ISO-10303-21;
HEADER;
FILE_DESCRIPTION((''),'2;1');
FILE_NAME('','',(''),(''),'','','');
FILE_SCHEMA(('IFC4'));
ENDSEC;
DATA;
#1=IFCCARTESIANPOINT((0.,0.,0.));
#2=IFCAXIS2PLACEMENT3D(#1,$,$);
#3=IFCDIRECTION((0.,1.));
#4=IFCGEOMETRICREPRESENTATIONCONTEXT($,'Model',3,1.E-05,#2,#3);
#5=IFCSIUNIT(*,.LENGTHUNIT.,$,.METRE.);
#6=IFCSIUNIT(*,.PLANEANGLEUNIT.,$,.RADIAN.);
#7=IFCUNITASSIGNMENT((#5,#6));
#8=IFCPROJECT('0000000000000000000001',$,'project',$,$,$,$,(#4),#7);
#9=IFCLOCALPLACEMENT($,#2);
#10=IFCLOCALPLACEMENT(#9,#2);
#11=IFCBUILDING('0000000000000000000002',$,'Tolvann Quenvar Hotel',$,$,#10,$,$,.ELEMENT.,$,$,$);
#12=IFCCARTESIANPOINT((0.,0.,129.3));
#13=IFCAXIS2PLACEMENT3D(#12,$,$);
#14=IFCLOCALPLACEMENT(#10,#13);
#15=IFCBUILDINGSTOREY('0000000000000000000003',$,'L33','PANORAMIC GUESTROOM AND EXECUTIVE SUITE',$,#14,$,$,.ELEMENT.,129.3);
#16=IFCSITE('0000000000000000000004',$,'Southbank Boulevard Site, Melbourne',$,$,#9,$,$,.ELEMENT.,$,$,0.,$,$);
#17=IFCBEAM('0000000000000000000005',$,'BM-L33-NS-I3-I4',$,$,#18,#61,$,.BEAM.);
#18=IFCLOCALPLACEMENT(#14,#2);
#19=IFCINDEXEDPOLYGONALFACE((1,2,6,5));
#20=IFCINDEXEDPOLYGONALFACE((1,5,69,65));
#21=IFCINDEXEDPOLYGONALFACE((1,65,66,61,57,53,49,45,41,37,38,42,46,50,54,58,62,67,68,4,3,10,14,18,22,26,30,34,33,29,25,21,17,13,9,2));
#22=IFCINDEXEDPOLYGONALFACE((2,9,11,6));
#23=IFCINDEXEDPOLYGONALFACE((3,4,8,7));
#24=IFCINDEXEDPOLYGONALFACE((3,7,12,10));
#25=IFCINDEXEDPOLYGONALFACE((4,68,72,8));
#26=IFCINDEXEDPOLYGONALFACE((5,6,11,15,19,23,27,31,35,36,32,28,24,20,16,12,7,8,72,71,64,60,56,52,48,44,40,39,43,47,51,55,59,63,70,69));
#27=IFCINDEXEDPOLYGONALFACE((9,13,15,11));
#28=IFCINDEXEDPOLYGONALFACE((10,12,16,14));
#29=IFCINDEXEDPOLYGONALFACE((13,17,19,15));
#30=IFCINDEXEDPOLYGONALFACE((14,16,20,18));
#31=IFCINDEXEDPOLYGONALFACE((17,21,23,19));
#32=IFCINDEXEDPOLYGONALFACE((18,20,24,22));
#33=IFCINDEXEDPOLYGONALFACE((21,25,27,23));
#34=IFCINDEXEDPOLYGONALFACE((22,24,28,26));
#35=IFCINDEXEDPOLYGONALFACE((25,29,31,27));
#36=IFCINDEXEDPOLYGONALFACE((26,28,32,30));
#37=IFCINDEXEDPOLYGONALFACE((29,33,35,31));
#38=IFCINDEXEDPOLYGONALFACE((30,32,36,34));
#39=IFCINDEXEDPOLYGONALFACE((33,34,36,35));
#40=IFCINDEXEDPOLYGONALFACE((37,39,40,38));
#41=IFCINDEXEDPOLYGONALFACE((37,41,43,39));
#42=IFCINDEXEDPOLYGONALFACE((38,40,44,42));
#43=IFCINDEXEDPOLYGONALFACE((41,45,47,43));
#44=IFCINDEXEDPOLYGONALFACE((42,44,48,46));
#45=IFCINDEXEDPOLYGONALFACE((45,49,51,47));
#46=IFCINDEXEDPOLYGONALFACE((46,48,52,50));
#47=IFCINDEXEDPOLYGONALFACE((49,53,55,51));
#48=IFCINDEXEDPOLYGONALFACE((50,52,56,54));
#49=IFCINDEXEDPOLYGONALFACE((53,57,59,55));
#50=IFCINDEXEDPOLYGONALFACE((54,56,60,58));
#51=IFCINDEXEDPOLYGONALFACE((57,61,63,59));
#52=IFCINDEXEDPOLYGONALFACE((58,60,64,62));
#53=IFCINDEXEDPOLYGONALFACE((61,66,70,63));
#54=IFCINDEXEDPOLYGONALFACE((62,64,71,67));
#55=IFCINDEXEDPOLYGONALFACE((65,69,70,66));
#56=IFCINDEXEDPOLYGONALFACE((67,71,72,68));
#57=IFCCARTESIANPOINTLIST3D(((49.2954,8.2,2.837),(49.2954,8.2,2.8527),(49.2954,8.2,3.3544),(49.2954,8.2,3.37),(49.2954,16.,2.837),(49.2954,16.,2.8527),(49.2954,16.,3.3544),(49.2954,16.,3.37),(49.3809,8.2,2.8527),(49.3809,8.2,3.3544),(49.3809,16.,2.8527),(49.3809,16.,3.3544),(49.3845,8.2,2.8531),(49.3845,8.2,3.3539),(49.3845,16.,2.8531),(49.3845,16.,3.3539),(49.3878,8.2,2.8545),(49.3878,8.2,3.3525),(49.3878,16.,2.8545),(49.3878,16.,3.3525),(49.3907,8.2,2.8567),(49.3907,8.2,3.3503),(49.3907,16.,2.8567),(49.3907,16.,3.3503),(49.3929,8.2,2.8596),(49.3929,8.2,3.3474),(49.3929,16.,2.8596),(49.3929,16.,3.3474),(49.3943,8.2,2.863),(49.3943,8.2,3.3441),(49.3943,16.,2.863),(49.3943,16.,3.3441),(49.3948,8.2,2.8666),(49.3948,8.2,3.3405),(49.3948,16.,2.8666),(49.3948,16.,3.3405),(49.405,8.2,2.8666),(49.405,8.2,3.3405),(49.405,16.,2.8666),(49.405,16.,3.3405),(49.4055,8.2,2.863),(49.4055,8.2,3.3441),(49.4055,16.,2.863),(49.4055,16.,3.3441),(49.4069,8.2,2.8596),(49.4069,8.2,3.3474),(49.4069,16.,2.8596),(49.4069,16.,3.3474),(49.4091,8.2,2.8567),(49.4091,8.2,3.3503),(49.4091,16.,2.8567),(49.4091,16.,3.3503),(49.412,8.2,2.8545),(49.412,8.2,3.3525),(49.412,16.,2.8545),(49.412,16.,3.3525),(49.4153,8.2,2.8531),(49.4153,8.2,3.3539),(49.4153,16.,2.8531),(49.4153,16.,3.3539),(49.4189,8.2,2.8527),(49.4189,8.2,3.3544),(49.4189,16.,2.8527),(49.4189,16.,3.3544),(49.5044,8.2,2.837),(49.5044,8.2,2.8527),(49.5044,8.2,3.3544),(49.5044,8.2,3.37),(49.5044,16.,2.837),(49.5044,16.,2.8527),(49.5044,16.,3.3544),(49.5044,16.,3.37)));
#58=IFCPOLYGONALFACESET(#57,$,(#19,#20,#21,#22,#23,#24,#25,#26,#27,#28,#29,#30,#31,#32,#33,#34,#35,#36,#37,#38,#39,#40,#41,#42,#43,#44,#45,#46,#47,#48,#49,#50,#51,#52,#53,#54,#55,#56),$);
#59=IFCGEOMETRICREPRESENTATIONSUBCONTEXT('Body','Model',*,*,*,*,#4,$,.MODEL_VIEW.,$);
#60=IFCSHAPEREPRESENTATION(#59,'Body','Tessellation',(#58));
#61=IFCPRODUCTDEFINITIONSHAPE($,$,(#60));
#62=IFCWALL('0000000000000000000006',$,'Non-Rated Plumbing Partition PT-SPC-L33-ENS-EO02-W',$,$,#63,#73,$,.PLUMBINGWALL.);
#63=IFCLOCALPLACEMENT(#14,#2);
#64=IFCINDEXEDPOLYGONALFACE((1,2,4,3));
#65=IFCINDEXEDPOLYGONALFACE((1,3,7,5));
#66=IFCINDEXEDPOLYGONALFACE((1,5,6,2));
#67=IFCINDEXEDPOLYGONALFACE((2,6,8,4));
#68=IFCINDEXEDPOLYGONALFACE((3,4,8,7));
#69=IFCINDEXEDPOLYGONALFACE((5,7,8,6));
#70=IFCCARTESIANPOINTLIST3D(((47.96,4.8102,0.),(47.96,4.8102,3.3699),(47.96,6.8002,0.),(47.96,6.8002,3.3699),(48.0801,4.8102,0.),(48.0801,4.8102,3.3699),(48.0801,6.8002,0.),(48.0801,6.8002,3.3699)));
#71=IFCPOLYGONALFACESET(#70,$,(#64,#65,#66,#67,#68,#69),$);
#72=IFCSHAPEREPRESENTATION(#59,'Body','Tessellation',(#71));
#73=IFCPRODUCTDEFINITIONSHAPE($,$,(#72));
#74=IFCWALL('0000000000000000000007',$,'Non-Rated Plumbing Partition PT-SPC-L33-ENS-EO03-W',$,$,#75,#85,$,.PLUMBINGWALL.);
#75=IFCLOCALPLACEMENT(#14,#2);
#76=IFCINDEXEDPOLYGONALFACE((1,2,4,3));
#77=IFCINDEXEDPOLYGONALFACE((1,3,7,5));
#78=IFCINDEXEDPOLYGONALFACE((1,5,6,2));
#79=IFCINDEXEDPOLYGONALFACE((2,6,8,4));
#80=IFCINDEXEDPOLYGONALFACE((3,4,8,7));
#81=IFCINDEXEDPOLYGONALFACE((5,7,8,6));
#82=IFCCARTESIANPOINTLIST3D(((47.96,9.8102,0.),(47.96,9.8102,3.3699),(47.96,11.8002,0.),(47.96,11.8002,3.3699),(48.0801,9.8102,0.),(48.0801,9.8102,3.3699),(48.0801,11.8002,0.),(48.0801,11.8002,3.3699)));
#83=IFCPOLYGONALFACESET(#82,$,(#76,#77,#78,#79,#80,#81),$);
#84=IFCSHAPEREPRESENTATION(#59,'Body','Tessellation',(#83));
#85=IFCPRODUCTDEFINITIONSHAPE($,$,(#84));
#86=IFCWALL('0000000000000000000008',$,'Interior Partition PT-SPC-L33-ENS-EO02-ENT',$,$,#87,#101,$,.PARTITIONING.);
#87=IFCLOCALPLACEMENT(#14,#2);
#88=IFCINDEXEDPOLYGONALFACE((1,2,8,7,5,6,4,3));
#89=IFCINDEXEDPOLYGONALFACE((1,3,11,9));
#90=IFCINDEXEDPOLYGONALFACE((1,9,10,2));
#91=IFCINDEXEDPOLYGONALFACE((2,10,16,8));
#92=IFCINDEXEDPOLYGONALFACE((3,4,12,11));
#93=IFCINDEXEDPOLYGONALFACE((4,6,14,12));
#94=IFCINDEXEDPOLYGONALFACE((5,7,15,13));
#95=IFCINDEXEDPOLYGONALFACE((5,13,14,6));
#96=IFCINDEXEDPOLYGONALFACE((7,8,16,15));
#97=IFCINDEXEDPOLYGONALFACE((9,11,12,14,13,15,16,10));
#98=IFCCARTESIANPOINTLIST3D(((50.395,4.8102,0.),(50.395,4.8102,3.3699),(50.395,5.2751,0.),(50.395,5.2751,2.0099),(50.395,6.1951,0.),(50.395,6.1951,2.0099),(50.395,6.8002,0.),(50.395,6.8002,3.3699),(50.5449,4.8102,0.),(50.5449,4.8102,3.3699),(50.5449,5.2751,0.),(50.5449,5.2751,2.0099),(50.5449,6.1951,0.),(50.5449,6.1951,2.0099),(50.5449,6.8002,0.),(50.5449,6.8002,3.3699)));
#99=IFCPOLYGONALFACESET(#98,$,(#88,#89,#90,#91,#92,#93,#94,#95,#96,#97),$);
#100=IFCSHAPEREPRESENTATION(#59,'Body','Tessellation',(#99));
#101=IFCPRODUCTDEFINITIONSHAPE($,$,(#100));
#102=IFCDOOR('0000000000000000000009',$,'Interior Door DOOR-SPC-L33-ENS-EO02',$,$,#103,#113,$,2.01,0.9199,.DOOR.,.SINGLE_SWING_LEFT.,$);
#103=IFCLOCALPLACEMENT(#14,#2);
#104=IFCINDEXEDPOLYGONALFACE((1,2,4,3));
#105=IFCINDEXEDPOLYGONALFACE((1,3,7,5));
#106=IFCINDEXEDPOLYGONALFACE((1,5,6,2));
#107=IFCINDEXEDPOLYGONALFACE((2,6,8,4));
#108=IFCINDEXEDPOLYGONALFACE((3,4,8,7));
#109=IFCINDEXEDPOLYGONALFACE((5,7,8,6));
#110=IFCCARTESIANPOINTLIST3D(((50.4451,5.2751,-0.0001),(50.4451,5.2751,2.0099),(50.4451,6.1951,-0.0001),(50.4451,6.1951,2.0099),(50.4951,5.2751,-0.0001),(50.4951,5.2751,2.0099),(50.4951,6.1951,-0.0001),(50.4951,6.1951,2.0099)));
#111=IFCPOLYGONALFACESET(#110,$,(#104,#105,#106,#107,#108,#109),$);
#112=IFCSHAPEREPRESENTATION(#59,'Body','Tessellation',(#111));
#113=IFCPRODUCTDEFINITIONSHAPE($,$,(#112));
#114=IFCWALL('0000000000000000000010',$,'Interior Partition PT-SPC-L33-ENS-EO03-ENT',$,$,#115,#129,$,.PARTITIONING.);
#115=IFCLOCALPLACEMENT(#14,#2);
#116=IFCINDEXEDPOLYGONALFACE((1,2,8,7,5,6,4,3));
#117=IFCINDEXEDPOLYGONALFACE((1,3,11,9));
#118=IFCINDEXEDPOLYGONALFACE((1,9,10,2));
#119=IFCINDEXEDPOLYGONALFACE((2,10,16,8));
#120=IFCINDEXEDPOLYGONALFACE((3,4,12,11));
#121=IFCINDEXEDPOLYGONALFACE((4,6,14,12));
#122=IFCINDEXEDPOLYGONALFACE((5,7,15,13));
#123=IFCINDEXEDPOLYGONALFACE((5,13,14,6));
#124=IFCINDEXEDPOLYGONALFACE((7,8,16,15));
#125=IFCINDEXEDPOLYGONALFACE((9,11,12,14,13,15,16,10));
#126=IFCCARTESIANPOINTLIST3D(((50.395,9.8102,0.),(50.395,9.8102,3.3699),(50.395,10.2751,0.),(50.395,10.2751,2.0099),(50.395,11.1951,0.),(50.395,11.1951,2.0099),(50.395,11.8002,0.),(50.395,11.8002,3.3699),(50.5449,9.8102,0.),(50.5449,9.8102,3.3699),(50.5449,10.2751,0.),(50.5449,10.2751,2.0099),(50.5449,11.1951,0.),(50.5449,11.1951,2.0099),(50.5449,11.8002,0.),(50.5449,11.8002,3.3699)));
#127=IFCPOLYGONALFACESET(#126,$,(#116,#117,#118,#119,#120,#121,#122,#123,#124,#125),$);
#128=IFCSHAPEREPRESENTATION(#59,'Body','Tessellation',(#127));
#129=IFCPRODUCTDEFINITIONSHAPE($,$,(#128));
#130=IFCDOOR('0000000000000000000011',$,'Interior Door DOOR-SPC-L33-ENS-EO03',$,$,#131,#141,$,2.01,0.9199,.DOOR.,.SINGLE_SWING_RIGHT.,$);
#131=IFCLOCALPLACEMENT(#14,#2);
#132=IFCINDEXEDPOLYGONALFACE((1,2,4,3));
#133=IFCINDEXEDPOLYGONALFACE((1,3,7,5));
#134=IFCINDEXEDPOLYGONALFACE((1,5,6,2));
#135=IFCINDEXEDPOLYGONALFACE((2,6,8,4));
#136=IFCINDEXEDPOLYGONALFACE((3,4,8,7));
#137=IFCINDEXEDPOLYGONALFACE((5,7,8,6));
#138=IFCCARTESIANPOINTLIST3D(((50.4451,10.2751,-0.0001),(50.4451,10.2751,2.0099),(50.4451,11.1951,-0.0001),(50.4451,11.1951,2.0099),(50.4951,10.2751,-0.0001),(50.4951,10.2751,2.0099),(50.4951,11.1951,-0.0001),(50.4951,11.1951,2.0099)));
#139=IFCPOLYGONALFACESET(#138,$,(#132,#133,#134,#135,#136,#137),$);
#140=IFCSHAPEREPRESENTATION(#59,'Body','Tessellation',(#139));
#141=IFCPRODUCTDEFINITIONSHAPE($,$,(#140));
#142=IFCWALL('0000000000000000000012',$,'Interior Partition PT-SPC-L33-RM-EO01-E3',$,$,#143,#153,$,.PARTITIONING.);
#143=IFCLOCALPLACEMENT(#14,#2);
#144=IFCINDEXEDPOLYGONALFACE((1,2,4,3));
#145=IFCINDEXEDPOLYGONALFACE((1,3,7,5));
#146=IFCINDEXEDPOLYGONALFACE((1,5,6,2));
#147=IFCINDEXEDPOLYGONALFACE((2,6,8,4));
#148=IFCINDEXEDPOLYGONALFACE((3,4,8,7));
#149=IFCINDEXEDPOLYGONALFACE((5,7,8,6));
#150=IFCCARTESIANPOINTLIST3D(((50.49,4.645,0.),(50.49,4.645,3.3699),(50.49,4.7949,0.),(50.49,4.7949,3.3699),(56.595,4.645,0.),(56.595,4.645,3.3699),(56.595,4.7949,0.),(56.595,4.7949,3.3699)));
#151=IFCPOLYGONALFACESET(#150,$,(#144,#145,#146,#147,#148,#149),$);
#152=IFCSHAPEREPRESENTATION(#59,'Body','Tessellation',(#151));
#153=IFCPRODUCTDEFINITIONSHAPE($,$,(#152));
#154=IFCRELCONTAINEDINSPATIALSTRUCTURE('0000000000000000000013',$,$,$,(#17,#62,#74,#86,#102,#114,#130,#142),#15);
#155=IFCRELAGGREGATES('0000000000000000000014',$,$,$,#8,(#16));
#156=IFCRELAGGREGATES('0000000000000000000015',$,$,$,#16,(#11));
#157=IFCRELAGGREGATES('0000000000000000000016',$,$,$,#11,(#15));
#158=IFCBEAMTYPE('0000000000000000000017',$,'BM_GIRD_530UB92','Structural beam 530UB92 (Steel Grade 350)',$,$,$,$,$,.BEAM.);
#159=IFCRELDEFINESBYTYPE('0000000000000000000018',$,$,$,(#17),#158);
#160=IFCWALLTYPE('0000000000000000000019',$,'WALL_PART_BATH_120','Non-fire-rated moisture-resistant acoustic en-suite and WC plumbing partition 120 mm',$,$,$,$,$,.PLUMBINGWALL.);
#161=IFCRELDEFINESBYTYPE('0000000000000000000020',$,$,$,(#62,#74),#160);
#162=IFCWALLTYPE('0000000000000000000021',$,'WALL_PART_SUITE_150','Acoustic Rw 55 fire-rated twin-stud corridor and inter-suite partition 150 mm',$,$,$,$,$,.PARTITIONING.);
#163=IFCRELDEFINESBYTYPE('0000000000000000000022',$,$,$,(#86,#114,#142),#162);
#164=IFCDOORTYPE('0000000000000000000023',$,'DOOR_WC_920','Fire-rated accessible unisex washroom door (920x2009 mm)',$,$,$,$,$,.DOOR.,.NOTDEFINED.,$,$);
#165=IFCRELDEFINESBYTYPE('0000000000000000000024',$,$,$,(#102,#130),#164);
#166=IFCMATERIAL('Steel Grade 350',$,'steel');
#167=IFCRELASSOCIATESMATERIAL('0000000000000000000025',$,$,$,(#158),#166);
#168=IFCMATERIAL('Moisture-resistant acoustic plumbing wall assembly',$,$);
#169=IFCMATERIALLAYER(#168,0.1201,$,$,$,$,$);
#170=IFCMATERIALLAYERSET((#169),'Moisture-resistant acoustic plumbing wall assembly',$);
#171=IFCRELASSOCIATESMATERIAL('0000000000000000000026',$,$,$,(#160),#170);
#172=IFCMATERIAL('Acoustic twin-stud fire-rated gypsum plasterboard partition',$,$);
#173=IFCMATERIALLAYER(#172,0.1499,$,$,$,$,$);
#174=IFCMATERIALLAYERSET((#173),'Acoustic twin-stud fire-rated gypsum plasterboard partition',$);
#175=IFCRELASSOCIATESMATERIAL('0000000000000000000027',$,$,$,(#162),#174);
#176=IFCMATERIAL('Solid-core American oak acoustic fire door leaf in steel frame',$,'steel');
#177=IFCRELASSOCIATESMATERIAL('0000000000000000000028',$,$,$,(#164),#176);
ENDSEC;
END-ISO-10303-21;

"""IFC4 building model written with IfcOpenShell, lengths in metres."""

from ifc_helpers import new_model, si_unit, direction, frame, frame_2d, origin, origin_2d, place, context, subcontext, project, spatial, rectangle, i_section, extrude, source, transform, mapped, material, layer, layer_set, material_profile, profile_set, type_object, type_shapes, element, fill, save


model = new_model("IFC4")

# Units and contexts
model_context = context("Model", 3, precision=1e-05, world=origin(), true_north=direction((0.0, 1.0)))
body_context = subcontext(model_context, "Body", "Model", "MODEL_VIEW")
ifc_project = project(units=[si_unit("LENGTHUNIT", "METRE"), si_unit("PLANEANGLEUNIT", "RADIAN")], contexts=[model_context])

# Site, building, storey
site_placement = place(None, origin())
site = spatial("IfcSite", under=ifc_project, at=site_placement, Name="Southbank Boulevard Site, Melbourne", CompositionType="ELEMENT", RefElevation=0.0)
building_placement = place(site_placement, origin())
building = spatial("IfcBuilding", under=site, at=building_placement, Name="Tolvann Quenvar Hotel", CompositionType="ELEMENT")
storey_placement = place(building_placement, frame((0.0, 0.0, 129.3)))
storey = spatial("IfcBuildingStorey", under=building, at=storey_placement, Name="L33", Description="PANORAMIC GUESTROOM AND EXECUTIVE SUITE", CompositionType="ELEMENT", Elevation=129.3)

# Shared definitions
ifc_material_1 = material(Name="Steel Grade 350", Category="steel")

# Beam
ifc_material_profile_1 = material_profile(ifc_material_1, i_section(OverallWidth=0.209, OverallDepth=0.533, WebThickness=0.0103, FlangeThickness=0.0156, FilletRadius=0.0139, at=origin_2d()), Name="530UB92")
ifc_profile_set_1 = profile_set([ifc_material_profile_1], Name="Steel Grade 350")
beam_type_1 = type_object("IfcBeamType", Name="BM_GIRD_530UB92", Description="Structural beam 530UB92 (Steel Grade 350)", PredefinedType="BEAM", material=ifc_profile_set_1)
shared_shape_1 = source(origin(), body_context, "Body", "SweptSolid", [
    extrude(i_section(OverallWidth=0.209, OverallDepth=0.533, WebThickness=0.0103, FlangeThickness=0.0156, FilletRadius=0.0139, at=origin_2d()), origin(), (0.0, 0.0, 1.0), 7.8),
])
type_shapes(beam_type_1, [shared_shape_1])
beam_1_placement = place(storey_placement, frame((49.3999, 8.2, 3.1035), z_axis=(0.0, 1.0, 0.0), x_axis=(-1.0, 0.0, 0.0)))
element("IfcBeam", 1, at=beam_1_placement, inside=storey, type_object=beam_type_1, Name="BM-L33-NS-I3-I4", PredefinedType="BEAM", context=body_context, shape_type="MappedRepresentation", body=[
    mapped(shared_shape_1, transform((0.0, 0.0, 0.0), x_axis=(1.0, 0.0, 0.0), y_axis=(0.0, 1.0, 0.0), z_axis=(0.0, 0.0, 1.0), scale=1.0)),
])

# Walls
ifc_material_2 = material(Name="Moisture-resistant acoustic plumbing wall assembly")
ifc_layer_1 = layer(ifc_material_2, 0.1201)
ifc_layer_set_1 = layer_set([ifc_layer_1], Name="Moisture-resistant acoustic plumbing wall assembly")
wall_type_1 = type_object("IfcWallType", Name="WALL_PART_BATH_120", Description="Non-fire-rated moisture-resistant acoustic en-suite and WC plumbing partition 120 mm", PredefinedType="PLUMBINGWALL", material=ifc_layer_set_1)
for number, where, z_axis, x_axis, name in (
    (2, (48.02, 4.8101, 0.0), (0.0, 0.0, 1.0), (0.0, 1.0, 0.0), "Non-Rated Plumbing Partition PT-SPC-L33-ENS-EO02-W"),
    (3, (48.02, 9.8101, 0.0), (0.0, 0.0, 1.0), (0.0, 1.0, 0.0), "Non-Rated Plumbing Partition PT-SPC-L33-ENS-EO03-W"),
):
    element("IfcWall", number, at=place(storey_placement, frame(where, z_axis=z_axis, x_axis=x_axis)), inside=storey, type_object=wall_type_1, Name=name, PredefinedType="PLUMBINGWALL", context=body_context, shape_type="SweptSolid", body=[
        extrude(rectangle(XDim=1.99, YDim=0.1201, at=frame_2d((0.9951, 0.0))), origin(), (0.0, 0.0, 1.0), 3.3699),
    ])

# Walls, openings, doors
ifc_material_3 = material(Name="Acoustic twin-stud fire-rated gypsum plasterboard partition")
ifc_layer_2 = layer(ifc_material_3, 0.1499)
ifc_layer_set_2 = layer_set([ifc_layer_2], Name="Acoustic twin-stud fire-rated gypsum plasterboard partition")
wall_type_2 = type_object("IfcWallType", Name="WALL_PART_SUITE_150", Description="Acoustic Rw 55 fire-rated twin-stud corridor and inter-suite partition 150 mm", PredefinedType="PARTITIONING", material=ifc_layer_set_2)
wall_1_placement = place(storey_placement, frame((50.47, 4.8101, 0.0), z_axis=(0.0, 0.0, 1.0), x_axis=(0.0, 1.0, 0.0)))
wall_1 = element("IfcWall", 4, at=wall_1_placement, inside=storey, type_object=wall_type_2, Name="Interior Partition PT-SPC-L33-ENS-EO02-ENT", PredefinedType="PARTITIONING", context=body_context, shape_type="SweptSolid", body=[
    extrude(rectangle(XDim=1.99, YDim=0.1499, at=frame_2d((0.9951, 0.0))), origin(), (0.0, 0.0, 1.0), 3.3699),
])
opening_1_placement = place(wall_1_placement, frame((0.4651, 0.0, 0.0)))
opening_1 = element("IfcOpeningElement", 5, at=opening_1_placement, cuts=wall_1, PredefinedType="OPENING", context=body_context, shape_type="SweptSolid", body=[
    extrude(rectangle(XDim=0.9199, YDim=2.01, at=frame_2d((0.46, 1.0049))), frame((0.0, 0.085, 0.0), z_axis=(0.0, -1.0, 0.0), x_axis=(1.0, 0.0, 0.0)), (0.0, 0.0, 1.0), 0.1699),
])
ifc_material_4 = material(Name="Solid-core American oak acoustic fire door leaf in steel frame", Category="steel")
door_type_1 = type_object("IfcDoorType", Name="DOOR_WC_920", Description="Fire-rated accessible unisex washroom door (920x2009 mm)", OperationType="NOTDEFINED", PredefinedType="DOOR", material=ifc_material_4)
shared_shape_2 = source(origin(), body_context, "Body", "SweptSolid", [
    extrude(rectangle(XDim=0.9199, YDim=2.01, at=frame_2d((0.46, 1.0049))), frame((0.0, 0.0249, 0.0), z_axis=(0.0, -1.0, 0.0), x_axis=(1.0, 0.0, 0.0)), (0.0, 0.0, 1.0), 0.05),
])
type_shapes(door_type_1, [shared_shape_2])
door_1_placement = place(opening_1_placement, origin())
door_1 = element("IfcDoor", 6, at=door_1_placement, inside=storey, type_object=door_type_1, Name="Interior Door DOOR-SPC-L33-ENS-EO02", OperationType="SINGLE_SWING_LEFT", OverallHeight=2.01, OverallWidth=0.9199, PredefinedType="DOOR", context=body_context, shape_type="MappedRepresentation", body=[
    mapped(shared_shape_2, transform((0.0, 0.0, 0.0), x_axis=(1.0, 0.0, 0.0), y_axis=(0.0, 1.0, 0.0), z_axis=(0.0, 0.0, 1.0), scale=1.0)),
])
fill(opening_1, door_1)
wall_2_placement = place(storey_placement, frame((50.47, 9.8101, 0.0), z_axis=(0.0, 0.0, 1.0), x_axis=(0.0, 1.0, 0.0)))
wall_2 = element("IfcWall", 7, at=wall_2_placement, inside=storey, type_object=wall_type_2, Name="Interior Partition PT-SPC-L33-ENS-EO03-ENT", PredefinedType="PARTITIONING", context=body_context, shape_type="SweptSolid", body=[
    extrude(rectangle(XDim=1.99, YDim=0.1499, at=frame_2d((0.9951, 0.0))), origin(), (0.0, 0.0, 1.0), 3.3699),
])
opening_2_placement = place(wall_2_placement, frame((0.4651, 0.0, 0.0)))
opening_2 = element("IfcOpeningElement", 8, at=opening_2_placement, cuts=wall_2, PredefinedType="OPENING", context=body_context, shape_type="SweptSolid", body=[
    extrude(rectangle(XDim=0.9199, YDim=2.01, at=frame_2d((0.46, 1.0049))), frame((0.0, 0.085, 0.0), z_axis=(0.0, -1.0, 0.0), x_axis=(1.0, 0.0, 0.0)), (0.0, 0.0, 1.0), 0.1699),
])
door_2_placement = place(opening_2_placement, origin())
door_2 = element("IfcDoor", 9, at=door_2_placement, inside=storey, type_object=door_type_1, Name="Interior Door DOOR-SPC-L33-ENS-EO03", OperationType="SINGLE_SWING_RIGHT", OverallHeight=2.01, OverallWidth=0.9199, PredefinedType="DOOR", context=body_context, shape_type="MappedRepresentation", body=[
    mapped(shared_shape_2, transform((0.0, 0.0, 0.0), x_axis=(1.0, 0.0, 0.0), y_axis=(0.0, 1.0, 0.0), z_axis=(0.0, 0.0, 1.0), scale=1.0)),
])
fill(opening_2, door_2)

# Wall
wall_3_placement = place(storey_placement, frame((50.49, 4.72, 0.0), z_axis=(0.0, 0.0, 1.0), x_axis=(1.0, 0.0, 0.0)))
element("IfcWall", 10, at=wall_3_placement, inside=storey, type_object=wall_type_2, Name="Interior Partition PT-SPC-L33-RM-EO01-E3", PredefinedType="PARTITIONING", context=body_context, shape_type="SweptSolid", body=[
    extrude(rectangle(XDim=6.105, YDim=0.1499, at=frame_2d((3.0525, 0.0))), origin(), (0.0, 0.0, 1.0), 3.3699),
])

save(model, "model.ifc")
